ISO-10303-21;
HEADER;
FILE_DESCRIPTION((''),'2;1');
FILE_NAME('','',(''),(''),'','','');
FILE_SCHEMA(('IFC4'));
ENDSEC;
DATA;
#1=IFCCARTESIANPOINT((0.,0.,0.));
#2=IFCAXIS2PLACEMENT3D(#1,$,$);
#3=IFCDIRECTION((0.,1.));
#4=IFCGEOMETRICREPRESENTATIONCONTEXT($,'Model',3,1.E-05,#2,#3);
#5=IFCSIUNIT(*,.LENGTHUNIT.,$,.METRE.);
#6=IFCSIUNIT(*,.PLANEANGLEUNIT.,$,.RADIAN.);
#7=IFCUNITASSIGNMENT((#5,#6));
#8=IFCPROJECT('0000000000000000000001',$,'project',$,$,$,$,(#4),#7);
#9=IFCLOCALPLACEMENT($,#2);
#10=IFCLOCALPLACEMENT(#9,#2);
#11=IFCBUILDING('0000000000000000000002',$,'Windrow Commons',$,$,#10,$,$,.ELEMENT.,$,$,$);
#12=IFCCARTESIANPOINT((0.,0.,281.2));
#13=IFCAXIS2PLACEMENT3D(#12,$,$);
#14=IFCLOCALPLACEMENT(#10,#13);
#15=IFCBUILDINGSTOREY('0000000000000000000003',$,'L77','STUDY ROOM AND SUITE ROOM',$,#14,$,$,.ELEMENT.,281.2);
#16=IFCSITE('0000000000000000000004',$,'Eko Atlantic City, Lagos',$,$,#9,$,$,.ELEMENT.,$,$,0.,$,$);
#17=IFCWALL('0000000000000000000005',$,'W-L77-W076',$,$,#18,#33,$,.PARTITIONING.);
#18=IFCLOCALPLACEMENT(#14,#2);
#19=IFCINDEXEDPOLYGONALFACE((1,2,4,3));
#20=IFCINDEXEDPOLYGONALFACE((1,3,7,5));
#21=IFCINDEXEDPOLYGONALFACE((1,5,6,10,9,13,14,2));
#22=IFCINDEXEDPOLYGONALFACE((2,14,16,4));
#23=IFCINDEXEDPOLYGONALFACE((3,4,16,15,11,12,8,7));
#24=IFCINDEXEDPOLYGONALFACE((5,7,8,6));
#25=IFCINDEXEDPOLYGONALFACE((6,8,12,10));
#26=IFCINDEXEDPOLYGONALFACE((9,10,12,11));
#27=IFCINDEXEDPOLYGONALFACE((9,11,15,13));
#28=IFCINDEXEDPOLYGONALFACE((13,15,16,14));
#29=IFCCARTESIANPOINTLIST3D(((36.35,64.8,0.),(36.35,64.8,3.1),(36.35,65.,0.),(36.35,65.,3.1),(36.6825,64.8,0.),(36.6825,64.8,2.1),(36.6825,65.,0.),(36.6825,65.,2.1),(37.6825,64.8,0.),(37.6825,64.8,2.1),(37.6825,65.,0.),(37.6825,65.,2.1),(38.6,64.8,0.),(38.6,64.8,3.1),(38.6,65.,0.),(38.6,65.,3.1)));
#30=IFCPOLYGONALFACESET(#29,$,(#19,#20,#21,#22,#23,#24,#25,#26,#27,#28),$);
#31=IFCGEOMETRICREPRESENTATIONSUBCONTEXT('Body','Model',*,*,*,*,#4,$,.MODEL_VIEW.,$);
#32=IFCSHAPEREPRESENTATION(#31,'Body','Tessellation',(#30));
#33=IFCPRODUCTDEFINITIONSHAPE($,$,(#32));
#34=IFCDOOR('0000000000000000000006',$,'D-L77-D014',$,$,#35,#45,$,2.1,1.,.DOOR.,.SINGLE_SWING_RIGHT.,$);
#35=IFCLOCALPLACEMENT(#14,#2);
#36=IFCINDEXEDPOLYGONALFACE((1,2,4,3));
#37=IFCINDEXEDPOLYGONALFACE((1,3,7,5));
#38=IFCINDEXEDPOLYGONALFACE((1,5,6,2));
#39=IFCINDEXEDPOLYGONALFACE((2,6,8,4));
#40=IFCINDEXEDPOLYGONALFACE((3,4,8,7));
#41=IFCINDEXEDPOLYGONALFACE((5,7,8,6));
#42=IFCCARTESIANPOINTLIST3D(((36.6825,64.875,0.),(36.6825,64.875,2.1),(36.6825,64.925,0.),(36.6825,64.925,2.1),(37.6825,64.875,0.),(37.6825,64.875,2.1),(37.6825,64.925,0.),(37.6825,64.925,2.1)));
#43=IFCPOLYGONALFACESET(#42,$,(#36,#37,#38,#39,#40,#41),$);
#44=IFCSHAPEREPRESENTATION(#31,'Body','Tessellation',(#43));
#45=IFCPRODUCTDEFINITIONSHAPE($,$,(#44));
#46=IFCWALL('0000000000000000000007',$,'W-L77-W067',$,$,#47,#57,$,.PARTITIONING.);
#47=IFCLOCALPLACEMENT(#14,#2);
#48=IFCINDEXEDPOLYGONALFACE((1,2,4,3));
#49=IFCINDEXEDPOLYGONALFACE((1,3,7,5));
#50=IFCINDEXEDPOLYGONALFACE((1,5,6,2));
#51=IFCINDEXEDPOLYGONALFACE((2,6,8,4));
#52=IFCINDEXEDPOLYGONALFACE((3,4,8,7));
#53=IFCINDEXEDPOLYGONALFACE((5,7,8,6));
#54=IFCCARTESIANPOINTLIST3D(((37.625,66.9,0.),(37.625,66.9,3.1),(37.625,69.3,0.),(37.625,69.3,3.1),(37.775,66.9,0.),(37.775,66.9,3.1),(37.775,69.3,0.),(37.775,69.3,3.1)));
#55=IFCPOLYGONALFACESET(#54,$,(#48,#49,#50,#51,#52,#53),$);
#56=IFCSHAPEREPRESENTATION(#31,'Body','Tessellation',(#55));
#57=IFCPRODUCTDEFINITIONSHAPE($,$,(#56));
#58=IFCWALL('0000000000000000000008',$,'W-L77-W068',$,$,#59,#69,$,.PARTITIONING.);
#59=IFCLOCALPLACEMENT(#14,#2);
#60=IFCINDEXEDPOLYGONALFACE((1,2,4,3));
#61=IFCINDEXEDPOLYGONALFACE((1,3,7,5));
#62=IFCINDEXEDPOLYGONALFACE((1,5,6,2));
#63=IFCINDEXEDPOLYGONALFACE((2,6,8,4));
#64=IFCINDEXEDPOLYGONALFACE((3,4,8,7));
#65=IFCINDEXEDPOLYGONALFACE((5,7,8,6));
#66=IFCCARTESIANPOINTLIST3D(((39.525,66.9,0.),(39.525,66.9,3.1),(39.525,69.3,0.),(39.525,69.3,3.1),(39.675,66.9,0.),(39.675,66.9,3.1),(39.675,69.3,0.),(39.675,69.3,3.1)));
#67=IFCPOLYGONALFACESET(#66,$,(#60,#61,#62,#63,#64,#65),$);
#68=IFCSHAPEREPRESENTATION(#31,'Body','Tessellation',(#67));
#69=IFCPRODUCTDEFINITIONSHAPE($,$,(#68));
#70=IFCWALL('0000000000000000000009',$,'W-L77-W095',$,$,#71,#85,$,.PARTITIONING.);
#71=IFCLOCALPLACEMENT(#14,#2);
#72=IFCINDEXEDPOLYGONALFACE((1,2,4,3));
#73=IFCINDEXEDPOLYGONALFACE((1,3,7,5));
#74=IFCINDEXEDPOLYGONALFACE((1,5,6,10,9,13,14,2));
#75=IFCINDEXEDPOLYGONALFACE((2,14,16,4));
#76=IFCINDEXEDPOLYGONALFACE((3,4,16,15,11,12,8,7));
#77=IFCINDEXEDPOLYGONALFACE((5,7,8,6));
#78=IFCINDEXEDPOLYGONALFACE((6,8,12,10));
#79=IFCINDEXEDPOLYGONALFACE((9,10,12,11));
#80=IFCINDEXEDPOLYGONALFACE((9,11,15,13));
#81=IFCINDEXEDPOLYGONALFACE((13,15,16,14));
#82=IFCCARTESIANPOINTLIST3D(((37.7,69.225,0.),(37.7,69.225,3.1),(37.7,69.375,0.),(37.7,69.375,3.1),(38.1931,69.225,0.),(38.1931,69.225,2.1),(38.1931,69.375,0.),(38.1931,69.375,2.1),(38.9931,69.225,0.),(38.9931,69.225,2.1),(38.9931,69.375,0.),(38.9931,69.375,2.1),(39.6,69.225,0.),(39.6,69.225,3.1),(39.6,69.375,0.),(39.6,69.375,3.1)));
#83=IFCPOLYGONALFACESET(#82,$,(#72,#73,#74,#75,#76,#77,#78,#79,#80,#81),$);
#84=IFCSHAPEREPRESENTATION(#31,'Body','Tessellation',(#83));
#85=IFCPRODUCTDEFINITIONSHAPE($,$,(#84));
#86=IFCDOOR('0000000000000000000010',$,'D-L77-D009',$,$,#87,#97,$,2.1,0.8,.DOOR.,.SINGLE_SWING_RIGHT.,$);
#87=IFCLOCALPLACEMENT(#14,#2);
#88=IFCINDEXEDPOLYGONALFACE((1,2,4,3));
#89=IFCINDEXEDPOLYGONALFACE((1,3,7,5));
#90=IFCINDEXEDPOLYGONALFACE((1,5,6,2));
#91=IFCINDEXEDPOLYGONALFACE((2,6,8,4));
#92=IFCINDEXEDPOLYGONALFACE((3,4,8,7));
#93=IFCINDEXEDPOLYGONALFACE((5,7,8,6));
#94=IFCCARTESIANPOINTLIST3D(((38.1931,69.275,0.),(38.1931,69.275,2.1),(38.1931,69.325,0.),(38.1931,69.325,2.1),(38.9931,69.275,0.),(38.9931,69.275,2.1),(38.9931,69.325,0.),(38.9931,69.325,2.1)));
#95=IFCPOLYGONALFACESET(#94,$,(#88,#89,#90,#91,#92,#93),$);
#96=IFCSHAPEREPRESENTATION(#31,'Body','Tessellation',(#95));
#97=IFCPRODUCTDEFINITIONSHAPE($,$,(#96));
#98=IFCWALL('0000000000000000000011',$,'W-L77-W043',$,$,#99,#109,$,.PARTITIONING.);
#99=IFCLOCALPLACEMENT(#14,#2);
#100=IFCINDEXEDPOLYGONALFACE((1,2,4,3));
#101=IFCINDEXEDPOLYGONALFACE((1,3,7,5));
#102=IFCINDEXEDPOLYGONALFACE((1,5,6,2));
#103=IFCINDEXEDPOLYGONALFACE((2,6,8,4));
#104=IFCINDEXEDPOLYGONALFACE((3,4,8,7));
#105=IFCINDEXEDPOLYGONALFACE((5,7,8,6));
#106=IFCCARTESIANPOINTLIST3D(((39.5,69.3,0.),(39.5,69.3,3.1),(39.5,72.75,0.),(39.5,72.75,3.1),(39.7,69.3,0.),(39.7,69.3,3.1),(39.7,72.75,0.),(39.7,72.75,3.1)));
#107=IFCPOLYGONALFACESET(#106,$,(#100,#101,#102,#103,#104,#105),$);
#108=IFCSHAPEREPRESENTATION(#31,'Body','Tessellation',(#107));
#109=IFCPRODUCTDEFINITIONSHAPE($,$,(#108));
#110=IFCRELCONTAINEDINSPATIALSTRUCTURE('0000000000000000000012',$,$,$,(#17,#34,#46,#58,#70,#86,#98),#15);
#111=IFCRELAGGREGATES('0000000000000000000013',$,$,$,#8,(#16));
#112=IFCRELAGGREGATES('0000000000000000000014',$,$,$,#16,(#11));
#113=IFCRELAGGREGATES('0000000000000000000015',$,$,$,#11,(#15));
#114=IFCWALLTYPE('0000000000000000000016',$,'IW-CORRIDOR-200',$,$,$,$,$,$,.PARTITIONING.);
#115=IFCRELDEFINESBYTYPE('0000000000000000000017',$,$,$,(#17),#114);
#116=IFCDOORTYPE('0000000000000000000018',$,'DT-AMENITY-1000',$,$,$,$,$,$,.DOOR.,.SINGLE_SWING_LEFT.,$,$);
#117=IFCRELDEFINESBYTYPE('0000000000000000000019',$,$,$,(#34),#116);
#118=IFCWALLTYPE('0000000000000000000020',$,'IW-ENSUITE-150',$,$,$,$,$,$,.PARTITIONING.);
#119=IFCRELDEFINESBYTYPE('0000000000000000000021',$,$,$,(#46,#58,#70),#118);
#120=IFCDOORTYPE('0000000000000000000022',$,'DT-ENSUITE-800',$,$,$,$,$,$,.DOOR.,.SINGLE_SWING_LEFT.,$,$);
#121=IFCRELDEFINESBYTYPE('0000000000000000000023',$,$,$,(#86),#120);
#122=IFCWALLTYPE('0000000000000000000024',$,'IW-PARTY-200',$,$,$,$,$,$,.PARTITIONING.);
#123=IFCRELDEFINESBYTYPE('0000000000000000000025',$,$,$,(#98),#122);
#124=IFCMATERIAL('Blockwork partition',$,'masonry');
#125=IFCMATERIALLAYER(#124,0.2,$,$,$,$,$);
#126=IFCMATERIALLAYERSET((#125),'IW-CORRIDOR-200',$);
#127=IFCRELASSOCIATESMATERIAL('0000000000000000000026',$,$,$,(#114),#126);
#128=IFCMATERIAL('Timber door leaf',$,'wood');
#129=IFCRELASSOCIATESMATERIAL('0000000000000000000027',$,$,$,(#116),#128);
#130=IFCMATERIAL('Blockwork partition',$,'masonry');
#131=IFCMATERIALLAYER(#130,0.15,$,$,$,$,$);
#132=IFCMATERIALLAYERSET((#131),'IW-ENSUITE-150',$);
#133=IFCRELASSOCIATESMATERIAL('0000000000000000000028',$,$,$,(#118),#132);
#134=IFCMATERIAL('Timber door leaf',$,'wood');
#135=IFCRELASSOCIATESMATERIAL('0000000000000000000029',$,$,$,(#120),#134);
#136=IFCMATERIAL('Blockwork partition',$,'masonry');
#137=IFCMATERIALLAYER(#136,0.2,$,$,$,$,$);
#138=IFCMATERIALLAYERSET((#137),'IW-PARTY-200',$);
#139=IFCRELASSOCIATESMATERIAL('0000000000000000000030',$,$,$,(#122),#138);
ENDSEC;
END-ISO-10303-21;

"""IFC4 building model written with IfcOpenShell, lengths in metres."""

from ifc_helpers import new_model, si_unit, direction, frame, frame_2d, origin, place, context, subcontext, project, spatial, rectangle, extrude, material, layer, layer_set, type_object, element, fill, save


model = new_model("IFC4")

# Units and contexts
model_context = context("Model", 3, precision=1e-05, world=origin(), true_north=direction((0.0, 1.0)))
body_context = subcontext(model_context, "Body", "Model", "MODEL_VIEW")
ifc_project = project(units=[si_unit("LENGTHUNIT", "METRE"), si_unit("PLANEANGLEUNIT", "RADIAN")], contexts=[model_context])

# Site, building, storey
site_placement = place(None, origin())
site = spatial("IfcSite", under=ifc_project, at=site_placement, Name="Eko Atlantic City, Lagos", CompositionType="ELEMENT", RefElevation=0.0)
building_placement = place(site_placement, origin())
building = spatial("IfcBuilding", under=site, at=building_placement, Name="Windrow Commons", CompositionType="ELEMENT")
storey_placement = place(building_placement, frame((0.0, 0.0, 281.2)))
storey = spatial("IfcBuildingStorey", under=building, at=storey_placement, Name="L77", Description="STUDY ROOM AND SUITE ROOM", CompositionType="ELEMENT", Elevation=281.2)

# Shared definitions
ifc_material_1 = material(Name="Blockwork partition", Category="masonry")
ifc_layer_1 = layer(ifc_material_1, 0.2)
ifc_layer_set_1 = layer_set([ifc_layer_1], Name="IW-CORRIDOR-200")
wall_type_1 = type_object("IfcWallType", Name="IW-CORRIDOR-200", PredefinedType="PARTITIONING", material=ifc_layer_set_1)
ifc_material_2 = material(Name="Timber door leaf", Category="wood")
door_type_1 = type_object("IfcDoorType", Name="DT-AMENITY-1000", OperationType="SINGLE_SWING_LEFT", PredefinedType="DOOR", material=ifc_material_2)

# Wall, opening, door
wall_1_placement = place(storey_placement, frame((36.35, 64.9, 0.0), z_axis=(0.0, 0.0, 1.0), x_axis=(1.0, 0.0, 0.0)))
wall_1 = element("IfcWall", 1, at=wall_1_placement, inside=storey, type_object=wall_type_1, Name="W-L77-W076", PredefinedType="PARTITIONING", context=body_context, shape_type="SweptSolid", body=[
    extrude(rectangle(XDim=2.25, YDim=0.2, at=frame_2d((1.125, 0.0))), origin(), (0.0, 0.0, 1.0), 3.1),
])
opening_1_placement = place(wall_1_placement, frame((0.3325, 0.0, 0.0)))
opening_1 = element("IfcOpeningElement", 2, at=opening_1_placement, cuts=wall_1, PredefinedType="OPENING", context=body_context, shape_type="SweptSolid", body=[
    extrude(rectangle(XDim=1.0, YDim=2.1, at=frame_2d((0.5, 1.05))), frame((0.0, 0.11, 0.0), z_axis=(0.0, -1.0, 0.0), x_axis=(1.0, 0.0, 0.0)), (0.0, 0.0, 1.0), 0.22),
])
door_1_placement = place(opening_1_placement, origin())
door_1 = element("IfcDoor", 3, at=door_1_placement, inside=storey, type_object=door_type_1, Name="D-L77-D014", OperationType="SINGLE_SWING_RIGHT", OverallHeight=2.1, OverallWidth=1.0, PredefinedType="DOOR", context=body_context, shape_type="SweptSolid", body=[
    extrude(rectangle(XDim=1.0, YDim=2.1, at=frame_2d((0.5, 1.05))), frame((0.0, 0.025, 0.0), z_axis=(0.0, -1.0, 0.0), x_axis=(1.0, 0.0, 0.0)), (0.0, 0.0, 1.0), 0.05),
])
fill(opening_1, door_1)

# Walls
ifc_material_3 = material(Name="Blockwork partition", Category="masonry")
ifc_layer_2 = layer(ifc_material_3, 0.15)
ifc_layer_set_2 = layer_set([ifc_layer_2], Name="IW-ENSUITE-150")
wall_type_2 = type_object("IfcWallType", Name="IW-ENSUITE-150", PredefinedType="PARTITIONING", material=ifc_layer_set_2)
for number, where, z_axis, x_axis, name in (
    (4, (37.7, 66.9, 0.0), (0.0, 0.0, 1.0), (0.0, 1.0, 0.0), "W-L77-W067"),
    (5, (39.6, 66.9, 0.0), (0.0, 0.0, 1.0), (0.0, 1.0, 0.0), "W-L77-W068"),
):
    element("IfcWall", number, at=place(storey_placement, frame(where, z_axis=z_axis, x_axis=x_axis)), inside=storey, type_object=wall_type_2, Name=name, PredefinedType="PARTITIONING", context=body_context, shape_type="SweptSolid", body=[
        extrude(rectangle(XDim=2.4, YDim=0.15, at=frame_2d((1.2, 0.0))), origin(), (0.0, 0.0, 1.0), 3.1),
    ])

# Wall, opening, door
wall_2_placement = place(storey_placement, frame((37.7, 69.3, 0.0), z_axis=(0.0, 0.0, 1.0), x_axis=(1.0, 0.0, 0.0)))
wall_2 = element("IfcWall", 6, at=wall_2_placement, inside=storey, type_object=wall_type_2, Name="W-L77-W095", PredefinedType="PARTITIONING", context=body_context, shape_type="SweptSolid", body=[
    extrude(rectangle(XDim=1.9, YDim=0.15, at=frame_2d((0.95, 0.0))), origin(), (0.0, 0.0, 1.0), 3.1),
])
opening_2_placement = place(wall_2_placement, frame((0.4931, 0.0, 0.0)))
opening_2 = element("IfcOpeningElement", 7, at=opening_2_placement, cuts=wall_2, PredefinedType="OPENING", context=body_context, shape_type="SweptSolid", body=[
    extrude(rectangle(XDim=0.8, YDim=2.1, at=frame_2d((0.4, 1.05))), frame((0.0, 0.085, 0.0), z_axis=(0.0, -1.0, 0.0), x_axis=(1.0, 0.0, 0.0)), (0.0, 0.0, 1.0), 0.17),
])
ifc_material_4 = material(Name="Timber door leaf", Category="wood")
door_type_2 = type_object("IfcDoorType", Name="DT-ENSUITE-800", OperationType="SINGLE_SWING_LEFT", PredefinedType="DOOR", material=ifc_material_4)
door_2_placement = place(opening_2_placement, origin())
door_2 = element("IfcDoor", 8, at=door_2_placement, inside=storey, type_object=door_type_2, Name="D-L77-D009", OperationType="SINGLE_SWING_RIGHT", OverallHeight=2.1, OverallWidth=0.8, PredefinedType="DOOR", context=body_context, shape_type="SweptSolid", body=[
    extrude(rectangle(XDim=0.8, YDim=2.1, at=frame_2d((0.4, 1.05))), frame((0.0, 0.025, 0.0), z_axis=(0.0, -1.0, 0.0), x_axis=(1.0, 0.0, 0.0)), (0.0, 0.0, 1.0), 0.05),
])
fill(opening_2, door_2)

# Wall
ifc_material_5 = material(Name="Blockwork partition", Category="masonry")
ifc_layer_3 = layer(ifc_material_5, 0.2)
ifc_layer_set_3 = layer_set([ifc_layer_3], Name="IW-PARTY-200")
wall_type_3 = type_object("IfcWallType", Name="IW-PARTY-200", PredefinedType="PARTITIONING", material=ifc_layer_set_3)
wall_3_placement = place(storey_placement, frame((39.6, 69.3, 0.0), z_axis=(0.0, 0.0, 1.0), x_axis=(0.0, 1.0, 0.0)))
element("IfcWall", 9, at=wall_3_placement, inside=storey, type_object=wall_type_3, Name="W-L77-W043", PredefinedType="PARTITIONING", context=body_context, shape_type="SweptSolid", body=[
    extrude(rectangle(XDim=3.45, YDim=0.2, at=frame_2d((1.725, 0.0))), origin(), (0.0, 0.0, 1.0), 3.1),
])

save(model, "model.ifc")
